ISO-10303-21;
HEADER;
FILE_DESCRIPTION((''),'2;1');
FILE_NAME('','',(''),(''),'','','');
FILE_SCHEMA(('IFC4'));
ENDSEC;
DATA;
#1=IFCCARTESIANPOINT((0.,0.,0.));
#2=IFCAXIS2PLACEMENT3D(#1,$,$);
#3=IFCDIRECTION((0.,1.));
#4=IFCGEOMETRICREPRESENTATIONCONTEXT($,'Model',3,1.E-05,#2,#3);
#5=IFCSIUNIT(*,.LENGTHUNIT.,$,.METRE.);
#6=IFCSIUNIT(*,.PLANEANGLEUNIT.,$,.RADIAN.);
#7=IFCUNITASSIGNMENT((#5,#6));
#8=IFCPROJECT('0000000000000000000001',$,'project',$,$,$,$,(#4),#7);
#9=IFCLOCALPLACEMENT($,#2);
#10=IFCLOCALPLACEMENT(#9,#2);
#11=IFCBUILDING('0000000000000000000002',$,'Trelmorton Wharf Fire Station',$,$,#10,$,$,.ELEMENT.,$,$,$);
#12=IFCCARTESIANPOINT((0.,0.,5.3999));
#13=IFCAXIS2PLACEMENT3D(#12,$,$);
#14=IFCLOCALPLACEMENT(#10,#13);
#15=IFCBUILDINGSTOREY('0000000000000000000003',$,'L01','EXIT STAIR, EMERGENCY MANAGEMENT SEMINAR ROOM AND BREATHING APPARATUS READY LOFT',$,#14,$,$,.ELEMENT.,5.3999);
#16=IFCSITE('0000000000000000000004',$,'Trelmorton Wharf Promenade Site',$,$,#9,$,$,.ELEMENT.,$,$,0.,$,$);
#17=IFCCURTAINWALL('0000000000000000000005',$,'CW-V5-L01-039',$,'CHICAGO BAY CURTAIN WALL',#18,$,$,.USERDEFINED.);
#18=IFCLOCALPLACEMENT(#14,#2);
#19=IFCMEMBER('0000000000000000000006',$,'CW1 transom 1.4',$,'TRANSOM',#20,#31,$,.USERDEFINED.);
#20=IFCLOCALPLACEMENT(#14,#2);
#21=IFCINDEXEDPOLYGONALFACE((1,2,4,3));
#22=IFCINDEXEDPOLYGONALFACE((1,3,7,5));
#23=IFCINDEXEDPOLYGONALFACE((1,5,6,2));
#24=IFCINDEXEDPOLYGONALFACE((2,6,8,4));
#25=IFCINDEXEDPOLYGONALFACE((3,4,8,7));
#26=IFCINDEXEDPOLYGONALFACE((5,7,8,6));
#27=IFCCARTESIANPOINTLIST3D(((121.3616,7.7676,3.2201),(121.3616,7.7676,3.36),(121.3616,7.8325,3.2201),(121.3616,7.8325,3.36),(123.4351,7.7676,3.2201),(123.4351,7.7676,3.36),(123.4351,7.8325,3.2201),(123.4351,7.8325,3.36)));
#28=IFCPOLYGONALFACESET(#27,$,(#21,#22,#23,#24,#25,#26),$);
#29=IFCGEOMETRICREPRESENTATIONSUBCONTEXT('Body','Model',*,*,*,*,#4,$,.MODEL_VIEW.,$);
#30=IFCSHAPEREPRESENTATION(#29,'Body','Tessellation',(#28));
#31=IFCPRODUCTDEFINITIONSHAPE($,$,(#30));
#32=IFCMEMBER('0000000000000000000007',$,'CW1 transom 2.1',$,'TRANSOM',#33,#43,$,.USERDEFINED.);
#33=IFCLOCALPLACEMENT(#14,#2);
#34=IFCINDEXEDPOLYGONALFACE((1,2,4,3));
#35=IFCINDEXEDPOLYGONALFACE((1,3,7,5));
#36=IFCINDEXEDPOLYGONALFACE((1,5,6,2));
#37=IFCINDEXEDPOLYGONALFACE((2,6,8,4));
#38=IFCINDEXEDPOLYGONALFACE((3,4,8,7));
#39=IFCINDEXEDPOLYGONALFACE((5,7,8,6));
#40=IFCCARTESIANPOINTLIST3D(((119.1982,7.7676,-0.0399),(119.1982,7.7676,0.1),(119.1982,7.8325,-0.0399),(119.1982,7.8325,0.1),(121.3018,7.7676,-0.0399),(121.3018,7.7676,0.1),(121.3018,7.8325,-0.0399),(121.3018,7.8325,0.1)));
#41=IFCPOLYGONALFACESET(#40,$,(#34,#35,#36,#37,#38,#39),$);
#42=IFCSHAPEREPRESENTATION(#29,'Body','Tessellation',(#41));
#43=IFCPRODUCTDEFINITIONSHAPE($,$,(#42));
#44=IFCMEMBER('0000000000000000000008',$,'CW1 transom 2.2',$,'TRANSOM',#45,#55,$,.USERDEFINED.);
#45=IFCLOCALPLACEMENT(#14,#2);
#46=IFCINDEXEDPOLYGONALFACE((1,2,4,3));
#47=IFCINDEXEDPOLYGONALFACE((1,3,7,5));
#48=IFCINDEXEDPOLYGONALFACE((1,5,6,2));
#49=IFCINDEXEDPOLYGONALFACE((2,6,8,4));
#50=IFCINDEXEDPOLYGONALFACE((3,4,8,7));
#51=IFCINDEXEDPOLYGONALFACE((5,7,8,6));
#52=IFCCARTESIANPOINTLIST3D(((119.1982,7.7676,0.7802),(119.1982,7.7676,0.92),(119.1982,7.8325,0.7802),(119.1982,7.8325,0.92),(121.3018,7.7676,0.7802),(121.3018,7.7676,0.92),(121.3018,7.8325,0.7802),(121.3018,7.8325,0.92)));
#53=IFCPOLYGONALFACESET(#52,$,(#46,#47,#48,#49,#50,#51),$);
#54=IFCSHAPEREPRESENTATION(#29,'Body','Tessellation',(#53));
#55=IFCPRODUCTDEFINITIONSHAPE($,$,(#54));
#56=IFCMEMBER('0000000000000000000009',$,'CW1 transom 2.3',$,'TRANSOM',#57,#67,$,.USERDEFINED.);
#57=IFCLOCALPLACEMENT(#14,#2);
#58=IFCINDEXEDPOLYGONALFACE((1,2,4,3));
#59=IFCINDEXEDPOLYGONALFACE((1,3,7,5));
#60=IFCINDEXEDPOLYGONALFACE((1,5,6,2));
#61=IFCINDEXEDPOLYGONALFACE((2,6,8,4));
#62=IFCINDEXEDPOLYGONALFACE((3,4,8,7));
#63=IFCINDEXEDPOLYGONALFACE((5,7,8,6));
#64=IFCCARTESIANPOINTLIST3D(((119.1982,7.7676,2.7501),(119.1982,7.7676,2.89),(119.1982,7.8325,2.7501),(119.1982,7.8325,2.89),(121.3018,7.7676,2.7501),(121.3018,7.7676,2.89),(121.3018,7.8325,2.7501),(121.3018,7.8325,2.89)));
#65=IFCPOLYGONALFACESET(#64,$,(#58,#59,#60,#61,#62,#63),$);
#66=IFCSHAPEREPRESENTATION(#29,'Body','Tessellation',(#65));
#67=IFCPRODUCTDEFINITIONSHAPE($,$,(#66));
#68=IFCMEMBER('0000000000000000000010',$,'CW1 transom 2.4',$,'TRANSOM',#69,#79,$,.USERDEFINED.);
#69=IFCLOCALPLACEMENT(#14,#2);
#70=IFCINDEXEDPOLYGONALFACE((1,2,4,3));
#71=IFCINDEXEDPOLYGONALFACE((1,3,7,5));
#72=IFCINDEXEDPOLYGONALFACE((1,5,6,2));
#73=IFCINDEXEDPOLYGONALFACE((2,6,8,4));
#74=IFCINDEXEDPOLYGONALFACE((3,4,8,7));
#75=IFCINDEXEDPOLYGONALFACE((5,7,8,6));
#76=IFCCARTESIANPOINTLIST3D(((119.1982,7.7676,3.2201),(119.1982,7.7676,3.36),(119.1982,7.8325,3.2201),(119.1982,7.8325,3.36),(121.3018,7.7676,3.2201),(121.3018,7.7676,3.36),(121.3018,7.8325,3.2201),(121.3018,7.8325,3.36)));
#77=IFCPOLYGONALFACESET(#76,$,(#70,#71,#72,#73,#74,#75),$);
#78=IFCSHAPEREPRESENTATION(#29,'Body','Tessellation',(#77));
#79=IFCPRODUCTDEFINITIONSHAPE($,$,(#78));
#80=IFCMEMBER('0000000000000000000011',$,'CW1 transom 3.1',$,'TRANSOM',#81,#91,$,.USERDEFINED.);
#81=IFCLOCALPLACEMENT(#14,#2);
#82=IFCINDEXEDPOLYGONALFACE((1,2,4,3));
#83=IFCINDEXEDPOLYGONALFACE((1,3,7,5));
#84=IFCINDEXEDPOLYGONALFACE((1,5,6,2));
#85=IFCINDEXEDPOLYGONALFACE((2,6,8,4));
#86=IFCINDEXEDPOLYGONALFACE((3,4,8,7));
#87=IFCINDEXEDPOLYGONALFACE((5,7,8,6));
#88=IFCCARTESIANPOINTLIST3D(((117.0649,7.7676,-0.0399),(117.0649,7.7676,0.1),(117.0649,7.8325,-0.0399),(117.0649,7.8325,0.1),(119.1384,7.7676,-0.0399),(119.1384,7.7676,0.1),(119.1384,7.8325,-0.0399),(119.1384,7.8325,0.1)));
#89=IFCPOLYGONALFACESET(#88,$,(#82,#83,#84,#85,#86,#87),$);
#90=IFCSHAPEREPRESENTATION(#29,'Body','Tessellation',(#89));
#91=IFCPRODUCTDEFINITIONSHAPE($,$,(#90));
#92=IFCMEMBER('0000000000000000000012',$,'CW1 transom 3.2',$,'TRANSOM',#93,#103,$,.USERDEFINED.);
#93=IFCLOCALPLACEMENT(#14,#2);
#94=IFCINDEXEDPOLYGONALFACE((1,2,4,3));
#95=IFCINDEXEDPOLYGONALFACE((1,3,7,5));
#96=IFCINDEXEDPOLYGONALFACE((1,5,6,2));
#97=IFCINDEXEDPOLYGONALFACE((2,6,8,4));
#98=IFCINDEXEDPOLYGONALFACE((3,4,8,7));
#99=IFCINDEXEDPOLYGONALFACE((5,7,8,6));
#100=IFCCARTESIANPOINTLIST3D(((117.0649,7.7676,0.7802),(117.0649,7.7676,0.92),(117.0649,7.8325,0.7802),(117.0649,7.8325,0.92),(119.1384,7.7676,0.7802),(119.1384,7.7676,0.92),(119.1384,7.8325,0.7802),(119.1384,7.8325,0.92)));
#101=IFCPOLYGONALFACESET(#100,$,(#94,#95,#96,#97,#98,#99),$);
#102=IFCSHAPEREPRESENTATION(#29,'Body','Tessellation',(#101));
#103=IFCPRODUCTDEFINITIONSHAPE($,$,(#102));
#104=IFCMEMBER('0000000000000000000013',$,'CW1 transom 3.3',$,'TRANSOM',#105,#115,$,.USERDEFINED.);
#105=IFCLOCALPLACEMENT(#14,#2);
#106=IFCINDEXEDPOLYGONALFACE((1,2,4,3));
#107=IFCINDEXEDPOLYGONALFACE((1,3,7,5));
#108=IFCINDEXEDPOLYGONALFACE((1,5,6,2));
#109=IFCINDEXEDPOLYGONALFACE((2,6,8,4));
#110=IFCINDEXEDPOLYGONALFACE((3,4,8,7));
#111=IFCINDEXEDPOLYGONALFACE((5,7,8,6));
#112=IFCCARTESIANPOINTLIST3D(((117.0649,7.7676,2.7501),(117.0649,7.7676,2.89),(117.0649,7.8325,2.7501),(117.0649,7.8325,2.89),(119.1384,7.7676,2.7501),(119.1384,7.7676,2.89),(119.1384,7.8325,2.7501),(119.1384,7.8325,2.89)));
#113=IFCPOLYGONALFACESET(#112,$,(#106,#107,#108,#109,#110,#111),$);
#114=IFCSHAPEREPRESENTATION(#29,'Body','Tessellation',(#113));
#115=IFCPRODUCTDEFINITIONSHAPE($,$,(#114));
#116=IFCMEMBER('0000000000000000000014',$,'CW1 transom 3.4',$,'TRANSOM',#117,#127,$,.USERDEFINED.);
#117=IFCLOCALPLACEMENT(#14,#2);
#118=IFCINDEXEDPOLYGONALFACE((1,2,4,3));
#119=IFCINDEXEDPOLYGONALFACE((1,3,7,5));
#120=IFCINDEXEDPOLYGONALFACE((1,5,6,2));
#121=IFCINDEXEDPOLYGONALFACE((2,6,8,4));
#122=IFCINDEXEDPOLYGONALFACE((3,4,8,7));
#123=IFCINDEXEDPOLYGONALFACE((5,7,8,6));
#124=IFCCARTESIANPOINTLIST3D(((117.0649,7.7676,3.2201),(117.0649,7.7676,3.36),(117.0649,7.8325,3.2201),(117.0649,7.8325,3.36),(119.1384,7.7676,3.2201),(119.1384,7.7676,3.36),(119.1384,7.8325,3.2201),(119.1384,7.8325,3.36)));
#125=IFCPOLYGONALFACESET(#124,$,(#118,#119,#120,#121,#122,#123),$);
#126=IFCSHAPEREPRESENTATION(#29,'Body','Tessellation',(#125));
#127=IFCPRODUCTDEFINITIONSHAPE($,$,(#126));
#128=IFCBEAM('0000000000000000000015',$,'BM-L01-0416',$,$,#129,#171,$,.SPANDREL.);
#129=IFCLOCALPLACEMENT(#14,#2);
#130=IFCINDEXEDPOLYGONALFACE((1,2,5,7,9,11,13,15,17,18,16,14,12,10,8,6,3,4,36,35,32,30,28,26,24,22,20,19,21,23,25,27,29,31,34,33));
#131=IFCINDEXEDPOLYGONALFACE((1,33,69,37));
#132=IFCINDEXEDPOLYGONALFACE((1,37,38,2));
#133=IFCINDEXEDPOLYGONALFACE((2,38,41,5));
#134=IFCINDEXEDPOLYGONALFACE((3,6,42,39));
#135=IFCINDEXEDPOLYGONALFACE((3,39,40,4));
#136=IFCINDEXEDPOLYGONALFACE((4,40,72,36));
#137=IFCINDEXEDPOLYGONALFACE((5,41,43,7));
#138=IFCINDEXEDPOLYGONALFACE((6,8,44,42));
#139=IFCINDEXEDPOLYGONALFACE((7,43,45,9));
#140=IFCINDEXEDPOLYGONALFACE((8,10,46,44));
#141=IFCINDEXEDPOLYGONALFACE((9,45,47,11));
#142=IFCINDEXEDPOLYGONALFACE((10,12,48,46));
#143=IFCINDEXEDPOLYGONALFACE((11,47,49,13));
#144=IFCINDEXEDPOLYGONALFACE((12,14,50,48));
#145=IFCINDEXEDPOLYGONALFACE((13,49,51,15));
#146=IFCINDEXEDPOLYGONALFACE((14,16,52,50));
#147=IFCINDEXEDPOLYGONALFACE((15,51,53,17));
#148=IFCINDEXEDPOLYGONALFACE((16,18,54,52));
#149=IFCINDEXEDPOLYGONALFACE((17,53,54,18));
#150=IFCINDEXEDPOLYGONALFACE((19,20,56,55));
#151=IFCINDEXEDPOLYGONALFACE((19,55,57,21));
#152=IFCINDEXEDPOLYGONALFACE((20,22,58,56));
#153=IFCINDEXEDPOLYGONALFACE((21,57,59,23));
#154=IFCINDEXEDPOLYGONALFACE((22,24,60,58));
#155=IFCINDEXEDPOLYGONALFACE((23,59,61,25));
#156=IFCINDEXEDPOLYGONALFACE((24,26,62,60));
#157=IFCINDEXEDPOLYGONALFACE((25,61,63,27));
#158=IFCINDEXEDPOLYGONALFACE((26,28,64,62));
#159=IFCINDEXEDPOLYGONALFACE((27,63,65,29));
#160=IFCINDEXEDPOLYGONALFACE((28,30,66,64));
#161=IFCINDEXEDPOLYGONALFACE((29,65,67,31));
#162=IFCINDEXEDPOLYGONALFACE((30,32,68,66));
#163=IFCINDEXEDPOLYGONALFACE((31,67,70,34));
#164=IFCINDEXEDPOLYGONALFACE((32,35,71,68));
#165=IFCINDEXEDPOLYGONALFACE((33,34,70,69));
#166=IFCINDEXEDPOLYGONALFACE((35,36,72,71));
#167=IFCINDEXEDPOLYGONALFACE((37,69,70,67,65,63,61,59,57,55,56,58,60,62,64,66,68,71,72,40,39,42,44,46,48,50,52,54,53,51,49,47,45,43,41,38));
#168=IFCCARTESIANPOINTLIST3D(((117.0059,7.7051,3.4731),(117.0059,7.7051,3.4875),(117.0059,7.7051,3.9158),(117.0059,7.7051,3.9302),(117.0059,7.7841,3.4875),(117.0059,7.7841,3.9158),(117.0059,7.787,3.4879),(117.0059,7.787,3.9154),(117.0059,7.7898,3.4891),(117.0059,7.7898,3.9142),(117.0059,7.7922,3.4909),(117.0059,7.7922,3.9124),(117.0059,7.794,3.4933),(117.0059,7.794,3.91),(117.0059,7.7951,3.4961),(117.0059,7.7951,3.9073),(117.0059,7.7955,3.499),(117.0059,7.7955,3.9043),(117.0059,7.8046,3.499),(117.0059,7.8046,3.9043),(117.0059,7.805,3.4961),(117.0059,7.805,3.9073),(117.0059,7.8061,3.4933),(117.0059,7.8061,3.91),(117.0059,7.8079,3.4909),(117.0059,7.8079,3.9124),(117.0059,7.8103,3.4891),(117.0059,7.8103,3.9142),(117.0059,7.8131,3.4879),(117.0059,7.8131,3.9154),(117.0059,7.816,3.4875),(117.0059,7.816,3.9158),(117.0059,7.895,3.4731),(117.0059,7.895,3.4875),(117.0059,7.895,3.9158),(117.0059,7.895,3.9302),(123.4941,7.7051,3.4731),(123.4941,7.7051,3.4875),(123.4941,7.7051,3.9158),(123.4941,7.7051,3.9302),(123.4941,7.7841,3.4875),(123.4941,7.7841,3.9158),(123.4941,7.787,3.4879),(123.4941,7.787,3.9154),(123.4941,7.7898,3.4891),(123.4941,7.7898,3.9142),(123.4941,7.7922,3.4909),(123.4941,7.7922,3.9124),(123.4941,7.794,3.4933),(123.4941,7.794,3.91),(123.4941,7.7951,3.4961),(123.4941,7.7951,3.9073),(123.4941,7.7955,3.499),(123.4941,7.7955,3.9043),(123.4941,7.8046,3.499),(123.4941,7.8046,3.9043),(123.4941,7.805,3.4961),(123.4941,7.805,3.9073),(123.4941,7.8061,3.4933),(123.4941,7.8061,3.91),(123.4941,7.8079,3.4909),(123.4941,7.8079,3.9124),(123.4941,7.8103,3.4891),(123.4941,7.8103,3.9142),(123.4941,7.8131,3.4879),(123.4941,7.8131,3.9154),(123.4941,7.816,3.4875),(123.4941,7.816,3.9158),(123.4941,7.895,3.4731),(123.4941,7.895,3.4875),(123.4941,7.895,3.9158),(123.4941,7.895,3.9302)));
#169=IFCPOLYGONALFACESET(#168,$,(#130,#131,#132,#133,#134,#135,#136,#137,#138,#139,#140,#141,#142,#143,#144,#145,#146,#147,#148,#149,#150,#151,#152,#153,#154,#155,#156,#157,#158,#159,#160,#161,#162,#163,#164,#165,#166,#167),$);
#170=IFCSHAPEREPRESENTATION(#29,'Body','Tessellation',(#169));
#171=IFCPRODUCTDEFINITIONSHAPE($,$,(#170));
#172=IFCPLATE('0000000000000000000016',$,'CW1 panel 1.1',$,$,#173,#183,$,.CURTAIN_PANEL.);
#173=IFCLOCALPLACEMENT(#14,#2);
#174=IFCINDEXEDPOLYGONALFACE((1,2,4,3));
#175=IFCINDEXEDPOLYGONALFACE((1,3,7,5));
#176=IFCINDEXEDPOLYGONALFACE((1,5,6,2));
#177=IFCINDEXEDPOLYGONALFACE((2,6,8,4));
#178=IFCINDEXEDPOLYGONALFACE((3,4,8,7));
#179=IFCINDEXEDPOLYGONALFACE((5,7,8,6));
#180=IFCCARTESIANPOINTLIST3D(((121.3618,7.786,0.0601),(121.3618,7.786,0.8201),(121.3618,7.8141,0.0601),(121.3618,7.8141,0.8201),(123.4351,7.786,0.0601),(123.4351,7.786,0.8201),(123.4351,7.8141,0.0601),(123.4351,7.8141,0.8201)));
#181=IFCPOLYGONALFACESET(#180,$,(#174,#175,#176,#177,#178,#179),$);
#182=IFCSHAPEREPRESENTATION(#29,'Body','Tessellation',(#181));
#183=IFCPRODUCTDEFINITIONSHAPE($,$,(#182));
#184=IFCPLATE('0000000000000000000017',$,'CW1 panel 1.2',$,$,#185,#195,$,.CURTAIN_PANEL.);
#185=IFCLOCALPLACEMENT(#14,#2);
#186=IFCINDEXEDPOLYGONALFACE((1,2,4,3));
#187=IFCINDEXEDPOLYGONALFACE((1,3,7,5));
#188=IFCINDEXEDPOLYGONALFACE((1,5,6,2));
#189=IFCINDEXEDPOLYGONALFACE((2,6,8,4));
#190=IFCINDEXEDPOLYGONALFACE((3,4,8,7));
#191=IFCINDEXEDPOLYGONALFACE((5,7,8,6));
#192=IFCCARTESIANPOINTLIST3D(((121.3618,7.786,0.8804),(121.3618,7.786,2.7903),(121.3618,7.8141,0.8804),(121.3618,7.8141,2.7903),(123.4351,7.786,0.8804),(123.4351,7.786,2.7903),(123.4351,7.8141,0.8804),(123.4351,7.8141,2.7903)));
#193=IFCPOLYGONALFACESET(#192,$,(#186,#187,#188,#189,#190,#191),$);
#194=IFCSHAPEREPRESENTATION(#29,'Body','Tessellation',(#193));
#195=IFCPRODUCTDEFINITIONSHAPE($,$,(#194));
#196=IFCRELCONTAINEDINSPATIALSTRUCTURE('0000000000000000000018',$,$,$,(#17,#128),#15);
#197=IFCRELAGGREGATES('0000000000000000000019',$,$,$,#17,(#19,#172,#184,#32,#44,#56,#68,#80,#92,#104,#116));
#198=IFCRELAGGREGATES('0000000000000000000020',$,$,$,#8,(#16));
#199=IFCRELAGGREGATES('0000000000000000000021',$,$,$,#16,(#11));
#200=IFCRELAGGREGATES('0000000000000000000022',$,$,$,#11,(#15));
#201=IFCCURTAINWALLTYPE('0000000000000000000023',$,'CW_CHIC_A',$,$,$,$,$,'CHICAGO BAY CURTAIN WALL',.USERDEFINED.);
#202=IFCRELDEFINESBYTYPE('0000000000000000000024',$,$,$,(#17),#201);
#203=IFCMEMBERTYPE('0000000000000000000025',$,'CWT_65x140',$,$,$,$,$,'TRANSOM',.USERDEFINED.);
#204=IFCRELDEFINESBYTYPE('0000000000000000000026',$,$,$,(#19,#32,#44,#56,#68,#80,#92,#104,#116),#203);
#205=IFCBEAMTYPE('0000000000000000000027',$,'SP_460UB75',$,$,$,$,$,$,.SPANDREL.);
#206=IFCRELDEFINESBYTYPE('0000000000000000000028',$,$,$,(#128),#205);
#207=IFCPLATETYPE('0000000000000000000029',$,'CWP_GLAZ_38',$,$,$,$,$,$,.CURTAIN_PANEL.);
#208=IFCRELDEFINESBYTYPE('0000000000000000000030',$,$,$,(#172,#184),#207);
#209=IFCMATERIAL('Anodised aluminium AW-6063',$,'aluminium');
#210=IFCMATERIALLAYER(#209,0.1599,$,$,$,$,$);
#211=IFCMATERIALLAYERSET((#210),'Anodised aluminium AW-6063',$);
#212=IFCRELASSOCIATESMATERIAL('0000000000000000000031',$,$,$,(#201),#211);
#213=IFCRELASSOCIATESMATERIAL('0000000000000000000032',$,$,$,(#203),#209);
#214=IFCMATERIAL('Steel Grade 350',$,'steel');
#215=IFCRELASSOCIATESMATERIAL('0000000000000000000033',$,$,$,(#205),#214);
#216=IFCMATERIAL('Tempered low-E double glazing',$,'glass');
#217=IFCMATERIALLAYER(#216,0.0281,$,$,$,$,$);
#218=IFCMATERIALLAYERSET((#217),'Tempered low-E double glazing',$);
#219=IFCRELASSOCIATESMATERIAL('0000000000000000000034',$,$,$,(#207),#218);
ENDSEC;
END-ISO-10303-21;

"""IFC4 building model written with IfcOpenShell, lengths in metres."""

from ifc_helpers import new_model, si_unit, direction, frame, origin, origin_2d, place, context, subcontext, project, spatial, rectangle, i_section, extrude, material, layer, layer_set, material_profile, profile_set, type_object, element, aggregate, save


model = new_model("IFC4")

# Units and contexts
model_context = context("Model", 3, precision=1e-05, world=origin(), true_north=direction((0.0, 1.0)))
body_context = subcontext(model_context, "Body", "Model", "MODEL_VIEW")
ifc_project = project(units=[si_unit("LENGTHUNIT", "METRE"), si_unit("PLANEANGLEUNIT", "RADIAN")], contexts=[model_context])

# Site, building, storey
site_placement = place(None, origin())
site = spatial("IfcSite", under=ifc_project, at=site_placement, Name="Trelmorton Wharf Promenade Site", CompositionType="ELEMENT", RefElevation=0.0)
building_placement = place(site_placement, origin())
building = spatial("IfcBuilding", under=site, at=building_placement, Name="Trelmorton Wharf Fire Station", CompositionType="ELEMENT")
storey_placement = place(building_placement, frame((0.0, 0.0, 5.3999)))
storey = spatial("IfcBuildingStorey", under=building, at=storey_placement, Name="L01", Description="EXIT STAIR, EMERGENCY MANAGEMENT SEMINAR ROOM AND BREATHING APPARATUS READY LOFT", CompositionType="ELEMENT", Elevation=5.3999)

# Shared definitions
ifc_material_1 = material(Name="Steel Grade 350", Category="steel")

# Curtain wall, members
ifc_material_2 = material(Name="Anodised aluminium AW-6063", Category="aluminium")
ifc_layer_1 = layer(ifc_material_2, 0.1599)
ifc_layer_set_1 = layer_set([ifc_layer_1], Name="Anodised aluminium AW-6063")
curtain_wall_type = type_object("IfcCurtainWallType", Name="CW_CHIC_A", ElementType="CHICAGO BAY CURTAIN WALL", PredefinedType="USERDEFINED", material=ifc_layer_set_1)
curtain_wall_placement = place(storey_placement, origin())
curtain_wall = element("IfcCurtainWall", 1, at=curtain_wall_placement, inside=storey, type_object=curtain_wall_type, Name="CW-V5-L01-039", ObjectType="CHICAGO BAY CURTAIN WALL", PredefinedType="USERDEFINED")
ifc_material_profile_1 = material_profile(ifc_material_2, rectangle(XDim=0.0649, YDim=0.1399, at=origin_2d()), Name="ALU-65x140")
ifc_profile_set_1 = profile_set([ifc_material_profile_1], Name="Anodised aluminium AW-6063")
member_type_1 = type_object("IfcMemberType", Name="CWT_65x140", ElementType="TRANSOM", PredefinedType="USERDEFINED", material=ifc_profile_set_1)
member_1_placement = place(storey_placement, frame((123.4351, 7.8, 3.29), z_axis=(-1.0, 0.0, 0.0), x_axis=(0.0, -1.0, 0.0)))
member_1 = element("IfcMember", 2, at=member_1_placement, type_object=member_type_1, Name="CW1 transom 1.4", ObjectType="TRANSOM", PredefinedType="USERDEFINED", context=body_context, shape_type="SweptSolid", body=[
    extrude(rectangle(XDim=0.0649, YDim=0.1399, at=origin_2d()), origin(), (0.0, 0.0, 1.0), 2.0735),
])
member_2_placement = place(storey_placement, frame((121.3018, 7.8, 0.03), z_axis=(-1.0, 0.0, 0.0), x_axis=(0.0, -1.0, 0.0)))
member_2 = element("IfcMember", 3, at=member_2_placement, type_object=member_type_1, Name="CW1 transom 2.1", ObjectType="TRANSOM", PredefinedType="USERDEFINED", context=body_context, shape_type="SweptSolid", body=[
    extrude(rectangle(XDim=0.0649, YDim=0.1399, at=origin_2d()), origin(), (0.0, 0.0, 1.0), 2.1035),
])
member_3_placement = place(storey_placement, frame((121.3018, 7.8, 0.8501), z_axis=(-1.0, 0.0, 0.0), x_axis=(0.0, -1.0, 0.0)))
member_3 = element("IfcMember", 4, at=member_3_placement, type_object=member_type_1, Name="CW1 transom 2.2", ObjectType="TRANSOM", PredefinedType="USERDEFINED", context=body_context, shape_type="SweptSolid", body=[
    extrude(rectangle(XDim=0.0649, YDim=0.1399, at=origin_2d()), origin(), (0.0, 0.0, 1.0), 2.1035),
])
member_4_placement = place(storey_placement, frame((121.3018, 7.8, 2.8201), z_axis=(-1.0, 0.0, 0.0), x_axis=(0.0, -1.0, 0.0)))
member_4 = element("IfcMember", 5, at=member_4_placement, type_object=member_type_1, Name="CW1 transom 2.3", ObjectType="TRANSOM", PredefinedType="USERDEFINED", context=body_context, shape_type="SweptSolid", body=[
    extrude(rectangle(XDim=0.0649, YDim=0.1399, at=origin_2d()), origin(), (0.0, 0.0, 1.0), 2.1035),
])
member_5_placement = place(storey_placement, frame((121.3018, 7.8, 3.29), z_axis=(-1.0, 0.0, 0.0), x_axis=(0.0, -1.0, 0.0)))
member_5 = element("IfcMember", 6, at=member_5_placement, type_object=member_type_1, Name="CW1 transom 2.4", ObjectType="TRANSOM", PredefinedType="USERDEFINED", context=body_context, shape_type="SweptSolid", body=[
    extrude(rectangle(XDim=0.0649, YDim=0.1399, at=origin_2d()), origin(), (0.0, 0.0, 1.0), 2.1035),
])
member_6_placement = place(storey_placement, frame((119.1384, 7.8, 0.03), z_axis=(-1.0, 0.0, 0.0), x_axis=(0.0, -1.0, 0.0)))
member_6 = element("IfcMember", 7, at=member_6_placement, type_object=member_type_1, Name="CW1 transom 3.1", ObjectType="TRANSOM", PredefinedType="USERDEFINED", context=body_context, shape_type="SweptSolid", body=[
    extrude(rectangle(XDim=0.0649, YDim=0.1399, at=origin_2d()), origin(), (0.0, 0.0, 1.0), 2.0735),
])
member_7_placement = place(storey_placement, frame((119.1384, 7.8, 0.8501), z_axis=(-1.0, 0.0, 0.0), x_axis=(0.0, -1.0, 0.0)))
member_7 = element("IfcMember", 8, at=member_7_placement, type_object=member_type_1, Name="CW1 transom 3.2", ObjectType="TRANSOM", PredefinedType="USERDEFINED", context=body_context, shape_type="SweptSolid", body=[
    extrude(rectangle(XDim=0.0649, YDim=0.1399, at=origin_2d()), origin(), (0.0, 0.0, 1.0), 2.0735),
])
member_8_placement = place(storey_placement, frame((119.1384, 7.8, 2.8201), z_axis=(-1.0, 0.0, 0.0), x_axis=(0.0, -1.0, 0.0)))
member_8 = element("IfcMember", 9, at=member_8_placement, type_object=member_type_1, Name="CW1 transom 3.3", ObjectType="TRANSOM", PredefinedType="USERDEFINED", context=body_context, shape_type="SweptSolid", body=[
    extrude(rectangle(XDim=0.0649, YDim=0.1399, at=origin_2d()), origin(), (0.0, 0.0, 1.0), 2.0735),
])
member_9_placement = place(storey_placement, frame((119.1384, 7.8, 3.29), z_axis=(-1.0, 0.0, 0.0), x_axis=(0.0, -1.0, 0.0)))
member_9 = element("IfcMember", 10, at=member_9_placement, type_object=member_type_1, Name="CW1 transom 3.4", ObjectType="TRANSOM", PredefinedType="USERDEFINED", context=body_context, shape_type="SweptSolid", body=[
    extrude(rectangle(XDim=0.0649, YDim=0.1399, at=origin_2d()), origin(), (0.0, 0.0, 1.0), 2.0735),
])

# Beam
ifc_material_profile_2 = material_profile(ifc_material_1, i_section(OverallWidth=0.1899, OverallDepth=0.457, WebThickness=0.009, FlangeThickness=0.0144, FilletRadius=0.0115, at=origin_2d()), Name="460UB74.6")
ifc_profile_set_2 = profile_set([ifc_material_profile_2], Name="Steel Grade 350")
beam_type = type_object("IfcBeamType", Name="SP_460UB75", PredefinedType="SPANDREL", material=ifc_profile_set_2)
beam_placement = place(storey_placement, frame((117.0059, 7.8, 3.7017), z_axis=(1.0, 0.0, 0.0), x_axis=(0.0, 1.0, 0.0)))
element("IfcBeam", 11, at=beam_placement, inside=storey, type_object=beam_type, Name="BM-L01-0416", PredefinedType="SPANDREL", context=body_context, shape_type="SweptSolid", body=[
    extrude(i_section(OverallWidth=0.1899, OverallDepth=0.457, WebThickness=0.009, FlangeThickness=0.0144, FilletRadius=0.0115, at=origin_2d()), origin(), (0.0, 0.0, 1.0), 6.4883),
])

# Plates
ifc_material_3 = material(Name="Tempered low-E double glazing", Category="glass")
ifc_layer_2 = layer(ifc_material_3, 0.0281)
ifc_layer_set_2 = layer_set([ifc_layer_2], Name="Tempered low-E double glazing")
plate_type = type_object("IfcPlateType", Name="CWP_GLAZ_38", PredefinedType="CURTAIN_PANEL", material=ifc_layer_set_2)
plate_1_placement = place(storey_placement, frame((122.3984, 7.8, 0.0601), z_axis=(0.0, 0.0, 1.0), x_axis=(-1.0, 0.0, 0.0)))
plate_1 = element("IfcPlate", 12, at=plate_1_placement, type_object=plate_type, Name="CW1 panel 1.1", PredefinedType="CURTAIN_PANEL", context=body_context, shape_type="SweptSolid", body=[
    extrude(rectangle(XDim=2.0732, YDim=0.0281, at=origin_2d()), origin(), (0.0, 0.0, 1.0), 0.76),
])
plate_2_placement = place(storey_placement, frame((122.3984, 7.8, 0.8804), z_axis=(0.0, 0.0, 1.0), x_axis=(-1.0, 0.0, 0.0)))
plate_2 = element("IfcPlate", 13, at=plate_2_placement, type_object=plate_type, Name="CW1 panel 1.2", PredefinedType="CURTAIN_PANEL", context=body_context, shape_type="SweptSolid", body=[
    extrude(rectangle(XDim=2.0732, YDim=0.0281, at=origin_2d()), origin(), (0.0, 0.0, 1.0), 1.9099),
])
aggregate(curtain_wall, [member_1, plate_1, plate_2, member_2, member_3, member_4, member_5, member_6, member_7, member_8, member_9])

save(model, "model.ifc")
